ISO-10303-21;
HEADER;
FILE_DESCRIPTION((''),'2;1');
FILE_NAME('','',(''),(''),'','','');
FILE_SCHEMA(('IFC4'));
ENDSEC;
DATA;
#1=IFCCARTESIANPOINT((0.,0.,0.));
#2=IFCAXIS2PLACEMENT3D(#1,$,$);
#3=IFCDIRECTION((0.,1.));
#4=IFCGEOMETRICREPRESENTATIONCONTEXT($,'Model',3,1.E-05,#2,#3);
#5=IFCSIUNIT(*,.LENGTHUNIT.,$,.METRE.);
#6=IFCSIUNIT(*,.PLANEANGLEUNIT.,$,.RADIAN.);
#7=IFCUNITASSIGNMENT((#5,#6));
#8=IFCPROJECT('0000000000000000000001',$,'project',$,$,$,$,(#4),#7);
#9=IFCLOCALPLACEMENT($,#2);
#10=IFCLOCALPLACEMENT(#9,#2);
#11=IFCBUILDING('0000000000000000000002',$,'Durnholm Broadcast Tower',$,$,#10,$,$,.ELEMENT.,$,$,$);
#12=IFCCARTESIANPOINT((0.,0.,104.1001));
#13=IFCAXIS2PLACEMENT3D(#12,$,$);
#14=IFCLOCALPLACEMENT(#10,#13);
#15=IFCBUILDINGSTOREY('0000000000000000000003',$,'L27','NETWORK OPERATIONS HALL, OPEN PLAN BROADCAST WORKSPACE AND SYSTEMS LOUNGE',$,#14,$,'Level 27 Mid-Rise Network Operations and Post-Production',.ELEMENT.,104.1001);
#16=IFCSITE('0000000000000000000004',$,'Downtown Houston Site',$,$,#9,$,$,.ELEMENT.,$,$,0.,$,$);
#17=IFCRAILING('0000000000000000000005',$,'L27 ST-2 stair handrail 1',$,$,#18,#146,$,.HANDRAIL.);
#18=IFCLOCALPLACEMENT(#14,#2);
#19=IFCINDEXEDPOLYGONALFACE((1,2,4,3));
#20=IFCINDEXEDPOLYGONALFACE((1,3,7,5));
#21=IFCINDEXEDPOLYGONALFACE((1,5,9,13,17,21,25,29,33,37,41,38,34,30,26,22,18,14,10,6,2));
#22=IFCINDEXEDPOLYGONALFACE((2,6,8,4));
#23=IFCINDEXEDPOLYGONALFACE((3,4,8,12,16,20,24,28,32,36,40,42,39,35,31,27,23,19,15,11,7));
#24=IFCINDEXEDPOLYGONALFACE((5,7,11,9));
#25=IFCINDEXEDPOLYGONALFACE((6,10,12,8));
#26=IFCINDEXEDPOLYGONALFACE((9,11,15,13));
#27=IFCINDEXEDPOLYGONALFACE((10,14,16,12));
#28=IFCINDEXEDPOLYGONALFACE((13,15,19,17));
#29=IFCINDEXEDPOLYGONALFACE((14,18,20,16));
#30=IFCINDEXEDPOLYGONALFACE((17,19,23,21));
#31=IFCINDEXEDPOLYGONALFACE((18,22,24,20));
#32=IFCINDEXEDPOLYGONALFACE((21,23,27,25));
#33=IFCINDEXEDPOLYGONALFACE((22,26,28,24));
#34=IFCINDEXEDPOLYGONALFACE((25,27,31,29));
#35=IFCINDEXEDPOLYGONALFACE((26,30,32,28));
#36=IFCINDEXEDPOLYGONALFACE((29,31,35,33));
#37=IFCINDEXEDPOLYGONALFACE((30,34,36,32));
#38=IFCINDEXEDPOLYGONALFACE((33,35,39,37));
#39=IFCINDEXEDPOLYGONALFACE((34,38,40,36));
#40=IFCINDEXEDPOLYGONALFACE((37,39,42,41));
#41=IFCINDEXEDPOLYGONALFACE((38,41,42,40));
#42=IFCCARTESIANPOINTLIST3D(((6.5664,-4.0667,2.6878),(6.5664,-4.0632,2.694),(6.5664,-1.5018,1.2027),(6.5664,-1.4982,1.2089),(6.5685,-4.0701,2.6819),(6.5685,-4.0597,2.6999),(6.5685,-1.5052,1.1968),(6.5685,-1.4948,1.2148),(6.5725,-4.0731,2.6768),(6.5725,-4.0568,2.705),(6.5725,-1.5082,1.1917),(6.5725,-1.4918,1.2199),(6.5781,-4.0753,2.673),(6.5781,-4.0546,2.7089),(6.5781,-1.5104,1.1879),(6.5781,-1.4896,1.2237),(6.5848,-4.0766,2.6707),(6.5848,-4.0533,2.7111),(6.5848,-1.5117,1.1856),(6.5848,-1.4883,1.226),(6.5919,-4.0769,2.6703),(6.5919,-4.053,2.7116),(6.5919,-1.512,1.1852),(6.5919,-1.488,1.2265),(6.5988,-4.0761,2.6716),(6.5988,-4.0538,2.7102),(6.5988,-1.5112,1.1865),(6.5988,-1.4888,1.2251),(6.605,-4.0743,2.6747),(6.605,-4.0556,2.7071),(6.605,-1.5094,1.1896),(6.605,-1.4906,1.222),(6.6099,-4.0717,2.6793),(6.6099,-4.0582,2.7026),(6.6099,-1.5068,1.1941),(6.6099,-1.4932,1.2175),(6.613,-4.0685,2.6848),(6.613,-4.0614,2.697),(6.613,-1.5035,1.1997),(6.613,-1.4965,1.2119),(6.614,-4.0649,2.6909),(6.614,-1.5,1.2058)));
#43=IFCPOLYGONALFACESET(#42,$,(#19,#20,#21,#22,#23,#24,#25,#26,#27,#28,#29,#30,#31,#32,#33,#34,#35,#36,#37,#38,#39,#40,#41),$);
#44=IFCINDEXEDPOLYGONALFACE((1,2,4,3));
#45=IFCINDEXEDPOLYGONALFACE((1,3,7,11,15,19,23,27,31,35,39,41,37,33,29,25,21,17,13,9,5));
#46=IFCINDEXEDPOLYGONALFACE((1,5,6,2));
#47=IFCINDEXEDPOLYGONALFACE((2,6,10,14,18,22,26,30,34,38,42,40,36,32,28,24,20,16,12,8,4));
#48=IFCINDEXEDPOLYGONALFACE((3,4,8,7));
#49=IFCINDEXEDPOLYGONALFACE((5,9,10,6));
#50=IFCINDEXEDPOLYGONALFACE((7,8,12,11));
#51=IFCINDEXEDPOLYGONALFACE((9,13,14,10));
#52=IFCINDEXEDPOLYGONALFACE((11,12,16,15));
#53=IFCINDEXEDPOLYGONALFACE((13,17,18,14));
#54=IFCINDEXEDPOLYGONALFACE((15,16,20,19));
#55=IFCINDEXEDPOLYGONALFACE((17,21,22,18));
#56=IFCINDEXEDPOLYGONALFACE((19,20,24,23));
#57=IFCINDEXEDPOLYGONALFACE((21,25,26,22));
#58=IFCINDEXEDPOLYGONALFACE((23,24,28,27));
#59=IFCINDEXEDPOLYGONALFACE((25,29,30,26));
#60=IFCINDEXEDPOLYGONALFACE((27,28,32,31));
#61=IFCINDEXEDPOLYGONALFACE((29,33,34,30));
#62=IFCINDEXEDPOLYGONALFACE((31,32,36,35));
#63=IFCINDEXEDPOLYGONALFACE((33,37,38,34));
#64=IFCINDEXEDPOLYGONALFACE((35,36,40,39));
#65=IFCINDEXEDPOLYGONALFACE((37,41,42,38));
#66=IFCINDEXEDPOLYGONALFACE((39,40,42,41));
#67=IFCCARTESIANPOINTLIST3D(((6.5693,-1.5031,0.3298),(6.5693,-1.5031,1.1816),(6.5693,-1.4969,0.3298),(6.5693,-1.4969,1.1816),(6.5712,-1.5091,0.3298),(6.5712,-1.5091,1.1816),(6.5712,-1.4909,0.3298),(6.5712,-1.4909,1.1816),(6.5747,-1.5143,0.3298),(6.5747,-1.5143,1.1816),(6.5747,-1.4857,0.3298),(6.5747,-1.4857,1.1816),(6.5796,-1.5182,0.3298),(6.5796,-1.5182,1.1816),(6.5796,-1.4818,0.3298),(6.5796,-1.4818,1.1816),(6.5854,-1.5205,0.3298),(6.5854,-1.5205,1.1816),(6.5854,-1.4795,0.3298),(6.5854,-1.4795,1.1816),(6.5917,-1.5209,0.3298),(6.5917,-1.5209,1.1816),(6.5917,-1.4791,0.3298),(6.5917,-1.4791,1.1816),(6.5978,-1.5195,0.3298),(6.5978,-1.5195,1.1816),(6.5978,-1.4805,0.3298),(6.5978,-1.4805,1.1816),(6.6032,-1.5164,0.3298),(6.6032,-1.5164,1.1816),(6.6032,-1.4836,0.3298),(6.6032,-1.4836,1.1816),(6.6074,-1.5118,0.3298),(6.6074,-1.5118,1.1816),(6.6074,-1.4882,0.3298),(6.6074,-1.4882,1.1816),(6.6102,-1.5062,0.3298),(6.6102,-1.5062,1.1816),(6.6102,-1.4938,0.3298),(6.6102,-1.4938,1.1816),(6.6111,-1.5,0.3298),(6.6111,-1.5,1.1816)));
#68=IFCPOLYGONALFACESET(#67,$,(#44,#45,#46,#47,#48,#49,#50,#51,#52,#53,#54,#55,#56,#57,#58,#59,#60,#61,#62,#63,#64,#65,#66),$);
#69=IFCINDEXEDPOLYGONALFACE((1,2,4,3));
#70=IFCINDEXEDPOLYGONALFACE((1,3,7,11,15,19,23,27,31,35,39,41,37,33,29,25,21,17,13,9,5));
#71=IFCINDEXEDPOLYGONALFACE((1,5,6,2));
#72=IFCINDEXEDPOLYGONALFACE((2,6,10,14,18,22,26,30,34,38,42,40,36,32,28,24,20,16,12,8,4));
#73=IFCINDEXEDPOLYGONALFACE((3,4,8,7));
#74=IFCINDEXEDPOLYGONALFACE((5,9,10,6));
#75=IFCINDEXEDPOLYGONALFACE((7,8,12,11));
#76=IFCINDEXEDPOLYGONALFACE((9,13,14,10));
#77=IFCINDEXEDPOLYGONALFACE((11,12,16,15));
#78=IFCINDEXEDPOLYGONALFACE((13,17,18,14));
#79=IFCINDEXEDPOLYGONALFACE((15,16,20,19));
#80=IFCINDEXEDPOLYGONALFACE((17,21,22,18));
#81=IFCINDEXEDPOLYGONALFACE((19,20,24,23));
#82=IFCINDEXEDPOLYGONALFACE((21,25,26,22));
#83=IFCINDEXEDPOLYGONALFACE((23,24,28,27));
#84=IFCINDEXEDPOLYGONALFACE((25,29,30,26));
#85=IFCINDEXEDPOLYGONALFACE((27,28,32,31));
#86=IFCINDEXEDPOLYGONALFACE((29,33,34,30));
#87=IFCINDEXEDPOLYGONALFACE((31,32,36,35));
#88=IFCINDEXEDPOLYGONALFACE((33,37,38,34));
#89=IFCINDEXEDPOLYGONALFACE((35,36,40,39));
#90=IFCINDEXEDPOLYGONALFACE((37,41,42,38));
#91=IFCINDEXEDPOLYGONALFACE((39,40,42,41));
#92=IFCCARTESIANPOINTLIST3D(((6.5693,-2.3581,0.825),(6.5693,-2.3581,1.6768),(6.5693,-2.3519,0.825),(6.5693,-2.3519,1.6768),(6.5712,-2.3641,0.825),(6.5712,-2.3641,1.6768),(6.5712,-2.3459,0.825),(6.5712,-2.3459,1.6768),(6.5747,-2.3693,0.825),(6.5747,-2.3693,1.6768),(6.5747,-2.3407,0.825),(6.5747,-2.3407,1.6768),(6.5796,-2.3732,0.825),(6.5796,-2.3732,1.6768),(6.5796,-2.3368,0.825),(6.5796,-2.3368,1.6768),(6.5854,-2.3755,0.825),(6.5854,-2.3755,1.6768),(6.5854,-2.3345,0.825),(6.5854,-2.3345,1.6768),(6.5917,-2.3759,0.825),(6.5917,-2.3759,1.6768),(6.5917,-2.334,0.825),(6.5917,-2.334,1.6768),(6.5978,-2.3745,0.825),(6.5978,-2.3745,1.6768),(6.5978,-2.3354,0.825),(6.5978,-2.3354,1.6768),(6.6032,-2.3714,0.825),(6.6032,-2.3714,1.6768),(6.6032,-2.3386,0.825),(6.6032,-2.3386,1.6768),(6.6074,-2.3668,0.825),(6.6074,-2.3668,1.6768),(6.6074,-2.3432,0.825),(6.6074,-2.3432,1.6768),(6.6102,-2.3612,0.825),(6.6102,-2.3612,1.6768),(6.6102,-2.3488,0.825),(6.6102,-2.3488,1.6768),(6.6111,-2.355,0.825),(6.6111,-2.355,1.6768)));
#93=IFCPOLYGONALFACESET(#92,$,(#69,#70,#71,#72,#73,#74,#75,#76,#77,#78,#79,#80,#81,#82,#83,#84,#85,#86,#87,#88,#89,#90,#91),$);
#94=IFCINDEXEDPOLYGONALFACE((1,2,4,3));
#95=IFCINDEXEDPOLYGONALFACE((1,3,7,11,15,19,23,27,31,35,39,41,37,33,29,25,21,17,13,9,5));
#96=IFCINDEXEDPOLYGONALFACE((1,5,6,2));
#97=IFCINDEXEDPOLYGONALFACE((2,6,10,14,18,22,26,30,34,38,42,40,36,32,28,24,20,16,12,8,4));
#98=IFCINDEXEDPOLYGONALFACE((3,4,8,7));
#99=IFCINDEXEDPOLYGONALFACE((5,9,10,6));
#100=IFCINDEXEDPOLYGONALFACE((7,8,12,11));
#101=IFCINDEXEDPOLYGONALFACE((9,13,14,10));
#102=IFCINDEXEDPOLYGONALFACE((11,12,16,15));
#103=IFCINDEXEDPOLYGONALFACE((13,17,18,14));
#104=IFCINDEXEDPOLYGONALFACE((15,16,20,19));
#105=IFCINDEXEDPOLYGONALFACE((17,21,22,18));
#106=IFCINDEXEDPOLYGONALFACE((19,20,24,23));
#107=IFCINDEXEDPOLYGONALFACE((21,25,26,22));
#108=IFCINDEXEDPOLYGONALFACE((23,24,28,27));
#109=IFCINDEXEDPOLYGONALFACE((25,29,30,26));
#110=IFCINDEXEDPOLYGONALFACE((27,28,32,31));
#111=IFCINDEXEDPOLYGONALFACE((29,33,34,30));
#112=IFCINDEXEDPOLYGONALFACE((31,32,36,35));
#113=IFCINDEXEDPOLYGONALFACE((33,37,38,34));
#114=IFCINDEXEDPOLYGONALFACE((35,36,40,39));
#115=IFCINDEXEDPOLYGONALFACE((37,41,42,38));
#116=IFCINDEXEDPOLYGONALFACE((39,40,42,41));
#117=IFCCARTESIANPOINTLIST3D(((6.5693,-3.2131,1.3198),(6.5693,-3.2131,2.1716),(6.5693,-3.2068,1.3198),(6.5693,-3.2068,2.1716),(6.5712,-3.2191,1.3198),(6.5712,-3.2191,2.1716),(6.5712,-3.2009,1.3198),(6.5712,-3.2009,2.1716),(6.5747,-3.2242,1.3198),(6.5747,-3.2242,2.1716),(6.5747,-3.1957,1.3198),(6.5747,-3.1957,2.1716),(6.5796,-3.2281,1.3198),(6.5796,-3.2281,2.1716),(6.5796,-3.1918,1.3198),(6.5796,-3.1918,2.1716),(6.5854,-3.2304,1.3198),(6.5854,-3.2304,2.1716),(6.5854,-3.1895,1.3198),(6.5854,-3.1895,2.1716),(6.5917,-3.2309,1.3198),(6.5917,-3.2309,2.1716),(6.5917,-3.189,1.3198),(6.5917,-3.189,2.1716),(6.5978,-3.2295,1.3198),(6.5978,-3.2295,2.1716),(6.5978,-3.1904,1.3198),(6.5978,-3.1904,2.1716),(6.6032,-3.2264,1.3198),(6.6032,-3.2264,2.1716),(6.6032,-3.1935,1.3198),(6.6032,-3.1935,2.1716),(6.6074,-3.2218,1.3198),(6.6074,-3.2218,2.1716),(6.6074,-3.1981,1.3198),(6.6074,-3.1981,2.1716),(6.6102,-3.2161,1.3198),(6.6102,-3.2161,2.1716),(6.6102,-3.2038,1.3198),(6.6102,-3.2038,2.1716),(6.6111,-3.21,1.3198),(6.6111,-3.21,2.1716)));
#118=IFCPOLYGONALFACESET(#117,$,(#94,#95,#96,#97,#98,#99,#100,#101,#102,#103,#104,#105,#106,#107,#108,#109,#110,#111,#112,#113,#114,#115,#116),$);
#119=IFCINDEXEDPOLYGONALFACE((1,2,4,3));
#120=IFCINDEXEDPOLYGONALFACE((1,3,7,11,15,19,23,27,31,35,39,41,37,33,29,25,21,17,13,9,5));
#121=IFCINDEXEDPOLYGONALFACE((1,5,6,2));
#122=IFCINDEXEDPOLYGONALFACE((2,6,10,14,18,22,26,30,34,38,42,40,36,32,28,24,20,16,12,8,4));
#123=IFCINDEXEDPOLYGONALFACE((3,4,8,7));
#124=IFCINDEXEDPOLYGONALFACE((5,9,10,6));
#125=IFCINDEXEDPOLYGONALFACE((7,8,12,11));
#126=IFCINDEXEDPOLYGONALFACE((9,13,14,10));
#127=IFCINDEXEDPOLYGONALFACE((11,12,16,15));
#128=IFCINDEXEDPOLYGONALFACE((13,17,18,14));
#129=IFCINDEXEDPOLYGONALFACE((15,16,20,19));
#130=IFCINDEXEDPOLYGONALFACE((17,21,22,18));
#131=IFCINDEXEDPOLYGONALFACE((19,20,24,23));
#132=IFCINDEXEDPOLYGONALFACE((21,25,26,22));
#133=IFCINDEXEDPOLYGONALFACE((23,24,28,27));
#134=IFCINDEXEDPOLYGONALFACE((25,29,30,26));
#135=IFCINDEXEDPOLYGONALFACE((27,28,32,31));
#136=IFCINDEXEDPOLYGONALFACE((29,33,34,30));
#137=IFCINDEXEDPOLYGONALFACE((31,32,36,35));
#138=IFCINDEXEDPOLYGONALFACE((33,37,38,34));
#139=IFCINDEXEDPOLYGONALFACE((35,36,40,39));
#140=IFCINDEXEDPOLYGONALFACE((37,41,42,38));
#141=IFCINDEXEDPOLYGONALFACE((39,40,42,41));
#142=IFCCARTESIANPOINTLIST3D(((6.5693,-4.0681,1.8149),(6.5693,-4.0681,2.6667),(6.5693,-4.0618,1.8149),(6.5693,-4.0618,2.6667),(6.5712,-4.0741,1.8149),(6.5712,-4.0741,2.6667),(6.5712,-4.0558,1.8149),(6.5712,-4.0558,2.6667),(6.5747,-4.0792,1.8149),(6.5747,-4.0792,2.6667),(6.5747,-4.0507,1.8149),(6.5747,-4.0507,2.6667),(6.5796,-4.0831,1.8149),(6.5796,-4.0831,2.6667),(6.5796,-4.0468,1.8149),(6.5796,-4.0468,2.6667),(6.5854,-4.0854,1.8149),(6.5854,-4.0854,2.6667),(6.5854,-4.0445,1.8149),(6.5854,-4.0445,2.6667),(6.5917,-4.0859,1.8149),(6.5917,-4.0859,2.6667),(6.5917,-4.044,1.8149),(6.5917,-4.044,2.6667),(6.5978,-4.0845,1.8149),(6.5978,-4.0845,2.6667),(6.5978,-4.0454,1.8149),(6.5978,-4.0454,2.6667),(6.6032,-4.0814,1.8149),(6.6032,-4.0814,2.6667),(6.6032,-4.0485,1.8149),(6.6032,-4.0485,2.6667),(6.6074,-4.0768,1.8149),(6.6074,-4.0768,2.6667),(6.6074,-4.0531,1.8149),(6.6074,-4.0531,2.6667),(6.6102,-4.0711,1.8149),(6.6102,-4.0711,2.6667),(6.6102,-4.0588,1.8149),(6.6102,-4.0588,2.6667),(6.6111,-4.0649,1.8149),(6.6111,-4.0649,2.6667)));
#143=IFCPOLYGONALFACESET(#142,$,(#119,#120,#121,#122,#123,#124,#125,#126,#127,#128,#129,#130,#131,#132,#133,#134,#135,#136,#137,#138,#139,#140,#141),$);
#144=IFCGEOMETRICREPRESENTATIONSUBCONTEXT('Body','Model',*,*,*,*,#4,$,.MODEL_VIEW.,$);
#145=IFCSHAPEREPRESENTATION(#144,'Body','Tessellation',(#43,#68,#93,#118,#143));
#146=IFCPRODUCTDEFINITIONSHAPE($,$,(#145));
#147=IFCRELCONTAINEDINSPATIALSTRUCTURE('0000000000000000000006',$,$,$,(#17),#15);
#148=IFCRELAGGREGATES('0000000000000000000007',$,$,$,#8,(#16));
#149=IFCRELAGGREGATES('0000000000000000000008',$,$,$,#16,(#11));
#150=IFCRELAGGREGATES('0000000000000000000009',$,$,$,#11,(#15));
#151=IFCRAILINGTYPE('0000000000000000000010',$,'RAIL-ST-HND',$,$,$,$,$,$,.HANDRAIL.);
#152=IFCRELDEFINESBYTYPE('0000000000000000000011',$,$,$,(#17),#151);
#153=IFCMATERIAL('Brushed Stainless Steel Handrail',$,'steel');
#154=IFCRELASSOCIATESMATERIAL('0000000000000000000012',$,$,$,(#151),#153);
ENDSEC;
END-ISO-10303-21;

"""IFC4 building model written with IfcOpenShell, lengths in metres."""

from ifc_helpers import new_model, si_unit, direction, frame, origin, origin_2d, place, context, subcontext, project, spatial, circle, extrude, material, type_object, element, save


model = new_model("IFC4")

# Units and contexts
model_context = context("Model", 3, precision=1e-05, world=origin(), true_north=direction((0.0, 1.0)))
body_context = subcontext(model_context, "Body", "Model", "MODEL_VIEW")
ifc_project = project(units=[si_unit("LENGTHUNIT", "METRE"), si_unit("PLANEANGLEUNIT", "RADIAN")], contexts=[model_context])

# Site, building, storey
site_placement = place(None, origin())
site = spatial("IfcSite", under=ifc_project, at=site_placement, Name="Downtown Houston Site", CompositionType="ELEMENT", RefElevation=0.0)
building_placement = place(site_placement, origin())
building = spatial("IfcBuilding", under=site, at=building_placement, Name="Durnholm Broadcast Tower", CompositionType="ELEMENT")
storey_placement = place(building_placement, frame((0.0, 0.0, 104.1001)))
storey = spatial("IfcBuildingStorey", under=building, at=storey_placement, Name="L27", Description="NETWORK OPERATIONS HALL, OPEN PLAN BROADCAST WORKSPACE AND SYSTEMS LOUNGE", LongName="Level 27 Mid-Rise Network Operations and Post-Production", CompositionType="ELEMENT", Elevation=104.1001)

# Railing
ifc_material_1 = material(Name="Brushed Stainless Steel Handrail", Category="steel")
railing_type_1 = type_object("IfcRailingType", Name="RAIL-ST-HND", PredefinedType="HANDRAIL", material=ifc_material_1)
railing_1_placement = place(storey_placement, frame((6.5901, -1.5, 0.3298)))
element("IfcRailing", 1, at=railing_1_placement, inside=storey, type_object=railing_type_1, Name="L27 ST-2 stair handrail 1", PredefinedType="HANDRAIL", context=body_context, shape_type="SweptSolid", body=[
    extrude(circle(Radius=0.0239, at=origin_2d()), frame((0.0, 0.0, 0.876), z_axis=(0.0, -0.865406, 0.501072), x_axis=(1.0, 0.0, 0.0)), (0.0, 0.0, 1.0), 2.9639),
    extrude(circle(Radius=0.021, at=origin_2d()), origin(), (0.0, 0.0, 1.0), 0.8518),
    extrude(circle(Radius=0.021, at=origin_2d()), frame((0.0, -0.855, 0.4951)), (0.0, 0.0, 1.0), 0.8518),
    extrude(circle(Radius=0.021, at=origin_2d()), frame((0.0, -1.71, 0.99)), (0.0, 0.0, 1.0), 0.8518),
    extrude(circle(Radius=0.021, at=origin_2d()), frame((0.0, -2.5649, 1.4851)), (0.0, 0.0, 1.0), 0.8518),
])

save(model, "model.ifc")
